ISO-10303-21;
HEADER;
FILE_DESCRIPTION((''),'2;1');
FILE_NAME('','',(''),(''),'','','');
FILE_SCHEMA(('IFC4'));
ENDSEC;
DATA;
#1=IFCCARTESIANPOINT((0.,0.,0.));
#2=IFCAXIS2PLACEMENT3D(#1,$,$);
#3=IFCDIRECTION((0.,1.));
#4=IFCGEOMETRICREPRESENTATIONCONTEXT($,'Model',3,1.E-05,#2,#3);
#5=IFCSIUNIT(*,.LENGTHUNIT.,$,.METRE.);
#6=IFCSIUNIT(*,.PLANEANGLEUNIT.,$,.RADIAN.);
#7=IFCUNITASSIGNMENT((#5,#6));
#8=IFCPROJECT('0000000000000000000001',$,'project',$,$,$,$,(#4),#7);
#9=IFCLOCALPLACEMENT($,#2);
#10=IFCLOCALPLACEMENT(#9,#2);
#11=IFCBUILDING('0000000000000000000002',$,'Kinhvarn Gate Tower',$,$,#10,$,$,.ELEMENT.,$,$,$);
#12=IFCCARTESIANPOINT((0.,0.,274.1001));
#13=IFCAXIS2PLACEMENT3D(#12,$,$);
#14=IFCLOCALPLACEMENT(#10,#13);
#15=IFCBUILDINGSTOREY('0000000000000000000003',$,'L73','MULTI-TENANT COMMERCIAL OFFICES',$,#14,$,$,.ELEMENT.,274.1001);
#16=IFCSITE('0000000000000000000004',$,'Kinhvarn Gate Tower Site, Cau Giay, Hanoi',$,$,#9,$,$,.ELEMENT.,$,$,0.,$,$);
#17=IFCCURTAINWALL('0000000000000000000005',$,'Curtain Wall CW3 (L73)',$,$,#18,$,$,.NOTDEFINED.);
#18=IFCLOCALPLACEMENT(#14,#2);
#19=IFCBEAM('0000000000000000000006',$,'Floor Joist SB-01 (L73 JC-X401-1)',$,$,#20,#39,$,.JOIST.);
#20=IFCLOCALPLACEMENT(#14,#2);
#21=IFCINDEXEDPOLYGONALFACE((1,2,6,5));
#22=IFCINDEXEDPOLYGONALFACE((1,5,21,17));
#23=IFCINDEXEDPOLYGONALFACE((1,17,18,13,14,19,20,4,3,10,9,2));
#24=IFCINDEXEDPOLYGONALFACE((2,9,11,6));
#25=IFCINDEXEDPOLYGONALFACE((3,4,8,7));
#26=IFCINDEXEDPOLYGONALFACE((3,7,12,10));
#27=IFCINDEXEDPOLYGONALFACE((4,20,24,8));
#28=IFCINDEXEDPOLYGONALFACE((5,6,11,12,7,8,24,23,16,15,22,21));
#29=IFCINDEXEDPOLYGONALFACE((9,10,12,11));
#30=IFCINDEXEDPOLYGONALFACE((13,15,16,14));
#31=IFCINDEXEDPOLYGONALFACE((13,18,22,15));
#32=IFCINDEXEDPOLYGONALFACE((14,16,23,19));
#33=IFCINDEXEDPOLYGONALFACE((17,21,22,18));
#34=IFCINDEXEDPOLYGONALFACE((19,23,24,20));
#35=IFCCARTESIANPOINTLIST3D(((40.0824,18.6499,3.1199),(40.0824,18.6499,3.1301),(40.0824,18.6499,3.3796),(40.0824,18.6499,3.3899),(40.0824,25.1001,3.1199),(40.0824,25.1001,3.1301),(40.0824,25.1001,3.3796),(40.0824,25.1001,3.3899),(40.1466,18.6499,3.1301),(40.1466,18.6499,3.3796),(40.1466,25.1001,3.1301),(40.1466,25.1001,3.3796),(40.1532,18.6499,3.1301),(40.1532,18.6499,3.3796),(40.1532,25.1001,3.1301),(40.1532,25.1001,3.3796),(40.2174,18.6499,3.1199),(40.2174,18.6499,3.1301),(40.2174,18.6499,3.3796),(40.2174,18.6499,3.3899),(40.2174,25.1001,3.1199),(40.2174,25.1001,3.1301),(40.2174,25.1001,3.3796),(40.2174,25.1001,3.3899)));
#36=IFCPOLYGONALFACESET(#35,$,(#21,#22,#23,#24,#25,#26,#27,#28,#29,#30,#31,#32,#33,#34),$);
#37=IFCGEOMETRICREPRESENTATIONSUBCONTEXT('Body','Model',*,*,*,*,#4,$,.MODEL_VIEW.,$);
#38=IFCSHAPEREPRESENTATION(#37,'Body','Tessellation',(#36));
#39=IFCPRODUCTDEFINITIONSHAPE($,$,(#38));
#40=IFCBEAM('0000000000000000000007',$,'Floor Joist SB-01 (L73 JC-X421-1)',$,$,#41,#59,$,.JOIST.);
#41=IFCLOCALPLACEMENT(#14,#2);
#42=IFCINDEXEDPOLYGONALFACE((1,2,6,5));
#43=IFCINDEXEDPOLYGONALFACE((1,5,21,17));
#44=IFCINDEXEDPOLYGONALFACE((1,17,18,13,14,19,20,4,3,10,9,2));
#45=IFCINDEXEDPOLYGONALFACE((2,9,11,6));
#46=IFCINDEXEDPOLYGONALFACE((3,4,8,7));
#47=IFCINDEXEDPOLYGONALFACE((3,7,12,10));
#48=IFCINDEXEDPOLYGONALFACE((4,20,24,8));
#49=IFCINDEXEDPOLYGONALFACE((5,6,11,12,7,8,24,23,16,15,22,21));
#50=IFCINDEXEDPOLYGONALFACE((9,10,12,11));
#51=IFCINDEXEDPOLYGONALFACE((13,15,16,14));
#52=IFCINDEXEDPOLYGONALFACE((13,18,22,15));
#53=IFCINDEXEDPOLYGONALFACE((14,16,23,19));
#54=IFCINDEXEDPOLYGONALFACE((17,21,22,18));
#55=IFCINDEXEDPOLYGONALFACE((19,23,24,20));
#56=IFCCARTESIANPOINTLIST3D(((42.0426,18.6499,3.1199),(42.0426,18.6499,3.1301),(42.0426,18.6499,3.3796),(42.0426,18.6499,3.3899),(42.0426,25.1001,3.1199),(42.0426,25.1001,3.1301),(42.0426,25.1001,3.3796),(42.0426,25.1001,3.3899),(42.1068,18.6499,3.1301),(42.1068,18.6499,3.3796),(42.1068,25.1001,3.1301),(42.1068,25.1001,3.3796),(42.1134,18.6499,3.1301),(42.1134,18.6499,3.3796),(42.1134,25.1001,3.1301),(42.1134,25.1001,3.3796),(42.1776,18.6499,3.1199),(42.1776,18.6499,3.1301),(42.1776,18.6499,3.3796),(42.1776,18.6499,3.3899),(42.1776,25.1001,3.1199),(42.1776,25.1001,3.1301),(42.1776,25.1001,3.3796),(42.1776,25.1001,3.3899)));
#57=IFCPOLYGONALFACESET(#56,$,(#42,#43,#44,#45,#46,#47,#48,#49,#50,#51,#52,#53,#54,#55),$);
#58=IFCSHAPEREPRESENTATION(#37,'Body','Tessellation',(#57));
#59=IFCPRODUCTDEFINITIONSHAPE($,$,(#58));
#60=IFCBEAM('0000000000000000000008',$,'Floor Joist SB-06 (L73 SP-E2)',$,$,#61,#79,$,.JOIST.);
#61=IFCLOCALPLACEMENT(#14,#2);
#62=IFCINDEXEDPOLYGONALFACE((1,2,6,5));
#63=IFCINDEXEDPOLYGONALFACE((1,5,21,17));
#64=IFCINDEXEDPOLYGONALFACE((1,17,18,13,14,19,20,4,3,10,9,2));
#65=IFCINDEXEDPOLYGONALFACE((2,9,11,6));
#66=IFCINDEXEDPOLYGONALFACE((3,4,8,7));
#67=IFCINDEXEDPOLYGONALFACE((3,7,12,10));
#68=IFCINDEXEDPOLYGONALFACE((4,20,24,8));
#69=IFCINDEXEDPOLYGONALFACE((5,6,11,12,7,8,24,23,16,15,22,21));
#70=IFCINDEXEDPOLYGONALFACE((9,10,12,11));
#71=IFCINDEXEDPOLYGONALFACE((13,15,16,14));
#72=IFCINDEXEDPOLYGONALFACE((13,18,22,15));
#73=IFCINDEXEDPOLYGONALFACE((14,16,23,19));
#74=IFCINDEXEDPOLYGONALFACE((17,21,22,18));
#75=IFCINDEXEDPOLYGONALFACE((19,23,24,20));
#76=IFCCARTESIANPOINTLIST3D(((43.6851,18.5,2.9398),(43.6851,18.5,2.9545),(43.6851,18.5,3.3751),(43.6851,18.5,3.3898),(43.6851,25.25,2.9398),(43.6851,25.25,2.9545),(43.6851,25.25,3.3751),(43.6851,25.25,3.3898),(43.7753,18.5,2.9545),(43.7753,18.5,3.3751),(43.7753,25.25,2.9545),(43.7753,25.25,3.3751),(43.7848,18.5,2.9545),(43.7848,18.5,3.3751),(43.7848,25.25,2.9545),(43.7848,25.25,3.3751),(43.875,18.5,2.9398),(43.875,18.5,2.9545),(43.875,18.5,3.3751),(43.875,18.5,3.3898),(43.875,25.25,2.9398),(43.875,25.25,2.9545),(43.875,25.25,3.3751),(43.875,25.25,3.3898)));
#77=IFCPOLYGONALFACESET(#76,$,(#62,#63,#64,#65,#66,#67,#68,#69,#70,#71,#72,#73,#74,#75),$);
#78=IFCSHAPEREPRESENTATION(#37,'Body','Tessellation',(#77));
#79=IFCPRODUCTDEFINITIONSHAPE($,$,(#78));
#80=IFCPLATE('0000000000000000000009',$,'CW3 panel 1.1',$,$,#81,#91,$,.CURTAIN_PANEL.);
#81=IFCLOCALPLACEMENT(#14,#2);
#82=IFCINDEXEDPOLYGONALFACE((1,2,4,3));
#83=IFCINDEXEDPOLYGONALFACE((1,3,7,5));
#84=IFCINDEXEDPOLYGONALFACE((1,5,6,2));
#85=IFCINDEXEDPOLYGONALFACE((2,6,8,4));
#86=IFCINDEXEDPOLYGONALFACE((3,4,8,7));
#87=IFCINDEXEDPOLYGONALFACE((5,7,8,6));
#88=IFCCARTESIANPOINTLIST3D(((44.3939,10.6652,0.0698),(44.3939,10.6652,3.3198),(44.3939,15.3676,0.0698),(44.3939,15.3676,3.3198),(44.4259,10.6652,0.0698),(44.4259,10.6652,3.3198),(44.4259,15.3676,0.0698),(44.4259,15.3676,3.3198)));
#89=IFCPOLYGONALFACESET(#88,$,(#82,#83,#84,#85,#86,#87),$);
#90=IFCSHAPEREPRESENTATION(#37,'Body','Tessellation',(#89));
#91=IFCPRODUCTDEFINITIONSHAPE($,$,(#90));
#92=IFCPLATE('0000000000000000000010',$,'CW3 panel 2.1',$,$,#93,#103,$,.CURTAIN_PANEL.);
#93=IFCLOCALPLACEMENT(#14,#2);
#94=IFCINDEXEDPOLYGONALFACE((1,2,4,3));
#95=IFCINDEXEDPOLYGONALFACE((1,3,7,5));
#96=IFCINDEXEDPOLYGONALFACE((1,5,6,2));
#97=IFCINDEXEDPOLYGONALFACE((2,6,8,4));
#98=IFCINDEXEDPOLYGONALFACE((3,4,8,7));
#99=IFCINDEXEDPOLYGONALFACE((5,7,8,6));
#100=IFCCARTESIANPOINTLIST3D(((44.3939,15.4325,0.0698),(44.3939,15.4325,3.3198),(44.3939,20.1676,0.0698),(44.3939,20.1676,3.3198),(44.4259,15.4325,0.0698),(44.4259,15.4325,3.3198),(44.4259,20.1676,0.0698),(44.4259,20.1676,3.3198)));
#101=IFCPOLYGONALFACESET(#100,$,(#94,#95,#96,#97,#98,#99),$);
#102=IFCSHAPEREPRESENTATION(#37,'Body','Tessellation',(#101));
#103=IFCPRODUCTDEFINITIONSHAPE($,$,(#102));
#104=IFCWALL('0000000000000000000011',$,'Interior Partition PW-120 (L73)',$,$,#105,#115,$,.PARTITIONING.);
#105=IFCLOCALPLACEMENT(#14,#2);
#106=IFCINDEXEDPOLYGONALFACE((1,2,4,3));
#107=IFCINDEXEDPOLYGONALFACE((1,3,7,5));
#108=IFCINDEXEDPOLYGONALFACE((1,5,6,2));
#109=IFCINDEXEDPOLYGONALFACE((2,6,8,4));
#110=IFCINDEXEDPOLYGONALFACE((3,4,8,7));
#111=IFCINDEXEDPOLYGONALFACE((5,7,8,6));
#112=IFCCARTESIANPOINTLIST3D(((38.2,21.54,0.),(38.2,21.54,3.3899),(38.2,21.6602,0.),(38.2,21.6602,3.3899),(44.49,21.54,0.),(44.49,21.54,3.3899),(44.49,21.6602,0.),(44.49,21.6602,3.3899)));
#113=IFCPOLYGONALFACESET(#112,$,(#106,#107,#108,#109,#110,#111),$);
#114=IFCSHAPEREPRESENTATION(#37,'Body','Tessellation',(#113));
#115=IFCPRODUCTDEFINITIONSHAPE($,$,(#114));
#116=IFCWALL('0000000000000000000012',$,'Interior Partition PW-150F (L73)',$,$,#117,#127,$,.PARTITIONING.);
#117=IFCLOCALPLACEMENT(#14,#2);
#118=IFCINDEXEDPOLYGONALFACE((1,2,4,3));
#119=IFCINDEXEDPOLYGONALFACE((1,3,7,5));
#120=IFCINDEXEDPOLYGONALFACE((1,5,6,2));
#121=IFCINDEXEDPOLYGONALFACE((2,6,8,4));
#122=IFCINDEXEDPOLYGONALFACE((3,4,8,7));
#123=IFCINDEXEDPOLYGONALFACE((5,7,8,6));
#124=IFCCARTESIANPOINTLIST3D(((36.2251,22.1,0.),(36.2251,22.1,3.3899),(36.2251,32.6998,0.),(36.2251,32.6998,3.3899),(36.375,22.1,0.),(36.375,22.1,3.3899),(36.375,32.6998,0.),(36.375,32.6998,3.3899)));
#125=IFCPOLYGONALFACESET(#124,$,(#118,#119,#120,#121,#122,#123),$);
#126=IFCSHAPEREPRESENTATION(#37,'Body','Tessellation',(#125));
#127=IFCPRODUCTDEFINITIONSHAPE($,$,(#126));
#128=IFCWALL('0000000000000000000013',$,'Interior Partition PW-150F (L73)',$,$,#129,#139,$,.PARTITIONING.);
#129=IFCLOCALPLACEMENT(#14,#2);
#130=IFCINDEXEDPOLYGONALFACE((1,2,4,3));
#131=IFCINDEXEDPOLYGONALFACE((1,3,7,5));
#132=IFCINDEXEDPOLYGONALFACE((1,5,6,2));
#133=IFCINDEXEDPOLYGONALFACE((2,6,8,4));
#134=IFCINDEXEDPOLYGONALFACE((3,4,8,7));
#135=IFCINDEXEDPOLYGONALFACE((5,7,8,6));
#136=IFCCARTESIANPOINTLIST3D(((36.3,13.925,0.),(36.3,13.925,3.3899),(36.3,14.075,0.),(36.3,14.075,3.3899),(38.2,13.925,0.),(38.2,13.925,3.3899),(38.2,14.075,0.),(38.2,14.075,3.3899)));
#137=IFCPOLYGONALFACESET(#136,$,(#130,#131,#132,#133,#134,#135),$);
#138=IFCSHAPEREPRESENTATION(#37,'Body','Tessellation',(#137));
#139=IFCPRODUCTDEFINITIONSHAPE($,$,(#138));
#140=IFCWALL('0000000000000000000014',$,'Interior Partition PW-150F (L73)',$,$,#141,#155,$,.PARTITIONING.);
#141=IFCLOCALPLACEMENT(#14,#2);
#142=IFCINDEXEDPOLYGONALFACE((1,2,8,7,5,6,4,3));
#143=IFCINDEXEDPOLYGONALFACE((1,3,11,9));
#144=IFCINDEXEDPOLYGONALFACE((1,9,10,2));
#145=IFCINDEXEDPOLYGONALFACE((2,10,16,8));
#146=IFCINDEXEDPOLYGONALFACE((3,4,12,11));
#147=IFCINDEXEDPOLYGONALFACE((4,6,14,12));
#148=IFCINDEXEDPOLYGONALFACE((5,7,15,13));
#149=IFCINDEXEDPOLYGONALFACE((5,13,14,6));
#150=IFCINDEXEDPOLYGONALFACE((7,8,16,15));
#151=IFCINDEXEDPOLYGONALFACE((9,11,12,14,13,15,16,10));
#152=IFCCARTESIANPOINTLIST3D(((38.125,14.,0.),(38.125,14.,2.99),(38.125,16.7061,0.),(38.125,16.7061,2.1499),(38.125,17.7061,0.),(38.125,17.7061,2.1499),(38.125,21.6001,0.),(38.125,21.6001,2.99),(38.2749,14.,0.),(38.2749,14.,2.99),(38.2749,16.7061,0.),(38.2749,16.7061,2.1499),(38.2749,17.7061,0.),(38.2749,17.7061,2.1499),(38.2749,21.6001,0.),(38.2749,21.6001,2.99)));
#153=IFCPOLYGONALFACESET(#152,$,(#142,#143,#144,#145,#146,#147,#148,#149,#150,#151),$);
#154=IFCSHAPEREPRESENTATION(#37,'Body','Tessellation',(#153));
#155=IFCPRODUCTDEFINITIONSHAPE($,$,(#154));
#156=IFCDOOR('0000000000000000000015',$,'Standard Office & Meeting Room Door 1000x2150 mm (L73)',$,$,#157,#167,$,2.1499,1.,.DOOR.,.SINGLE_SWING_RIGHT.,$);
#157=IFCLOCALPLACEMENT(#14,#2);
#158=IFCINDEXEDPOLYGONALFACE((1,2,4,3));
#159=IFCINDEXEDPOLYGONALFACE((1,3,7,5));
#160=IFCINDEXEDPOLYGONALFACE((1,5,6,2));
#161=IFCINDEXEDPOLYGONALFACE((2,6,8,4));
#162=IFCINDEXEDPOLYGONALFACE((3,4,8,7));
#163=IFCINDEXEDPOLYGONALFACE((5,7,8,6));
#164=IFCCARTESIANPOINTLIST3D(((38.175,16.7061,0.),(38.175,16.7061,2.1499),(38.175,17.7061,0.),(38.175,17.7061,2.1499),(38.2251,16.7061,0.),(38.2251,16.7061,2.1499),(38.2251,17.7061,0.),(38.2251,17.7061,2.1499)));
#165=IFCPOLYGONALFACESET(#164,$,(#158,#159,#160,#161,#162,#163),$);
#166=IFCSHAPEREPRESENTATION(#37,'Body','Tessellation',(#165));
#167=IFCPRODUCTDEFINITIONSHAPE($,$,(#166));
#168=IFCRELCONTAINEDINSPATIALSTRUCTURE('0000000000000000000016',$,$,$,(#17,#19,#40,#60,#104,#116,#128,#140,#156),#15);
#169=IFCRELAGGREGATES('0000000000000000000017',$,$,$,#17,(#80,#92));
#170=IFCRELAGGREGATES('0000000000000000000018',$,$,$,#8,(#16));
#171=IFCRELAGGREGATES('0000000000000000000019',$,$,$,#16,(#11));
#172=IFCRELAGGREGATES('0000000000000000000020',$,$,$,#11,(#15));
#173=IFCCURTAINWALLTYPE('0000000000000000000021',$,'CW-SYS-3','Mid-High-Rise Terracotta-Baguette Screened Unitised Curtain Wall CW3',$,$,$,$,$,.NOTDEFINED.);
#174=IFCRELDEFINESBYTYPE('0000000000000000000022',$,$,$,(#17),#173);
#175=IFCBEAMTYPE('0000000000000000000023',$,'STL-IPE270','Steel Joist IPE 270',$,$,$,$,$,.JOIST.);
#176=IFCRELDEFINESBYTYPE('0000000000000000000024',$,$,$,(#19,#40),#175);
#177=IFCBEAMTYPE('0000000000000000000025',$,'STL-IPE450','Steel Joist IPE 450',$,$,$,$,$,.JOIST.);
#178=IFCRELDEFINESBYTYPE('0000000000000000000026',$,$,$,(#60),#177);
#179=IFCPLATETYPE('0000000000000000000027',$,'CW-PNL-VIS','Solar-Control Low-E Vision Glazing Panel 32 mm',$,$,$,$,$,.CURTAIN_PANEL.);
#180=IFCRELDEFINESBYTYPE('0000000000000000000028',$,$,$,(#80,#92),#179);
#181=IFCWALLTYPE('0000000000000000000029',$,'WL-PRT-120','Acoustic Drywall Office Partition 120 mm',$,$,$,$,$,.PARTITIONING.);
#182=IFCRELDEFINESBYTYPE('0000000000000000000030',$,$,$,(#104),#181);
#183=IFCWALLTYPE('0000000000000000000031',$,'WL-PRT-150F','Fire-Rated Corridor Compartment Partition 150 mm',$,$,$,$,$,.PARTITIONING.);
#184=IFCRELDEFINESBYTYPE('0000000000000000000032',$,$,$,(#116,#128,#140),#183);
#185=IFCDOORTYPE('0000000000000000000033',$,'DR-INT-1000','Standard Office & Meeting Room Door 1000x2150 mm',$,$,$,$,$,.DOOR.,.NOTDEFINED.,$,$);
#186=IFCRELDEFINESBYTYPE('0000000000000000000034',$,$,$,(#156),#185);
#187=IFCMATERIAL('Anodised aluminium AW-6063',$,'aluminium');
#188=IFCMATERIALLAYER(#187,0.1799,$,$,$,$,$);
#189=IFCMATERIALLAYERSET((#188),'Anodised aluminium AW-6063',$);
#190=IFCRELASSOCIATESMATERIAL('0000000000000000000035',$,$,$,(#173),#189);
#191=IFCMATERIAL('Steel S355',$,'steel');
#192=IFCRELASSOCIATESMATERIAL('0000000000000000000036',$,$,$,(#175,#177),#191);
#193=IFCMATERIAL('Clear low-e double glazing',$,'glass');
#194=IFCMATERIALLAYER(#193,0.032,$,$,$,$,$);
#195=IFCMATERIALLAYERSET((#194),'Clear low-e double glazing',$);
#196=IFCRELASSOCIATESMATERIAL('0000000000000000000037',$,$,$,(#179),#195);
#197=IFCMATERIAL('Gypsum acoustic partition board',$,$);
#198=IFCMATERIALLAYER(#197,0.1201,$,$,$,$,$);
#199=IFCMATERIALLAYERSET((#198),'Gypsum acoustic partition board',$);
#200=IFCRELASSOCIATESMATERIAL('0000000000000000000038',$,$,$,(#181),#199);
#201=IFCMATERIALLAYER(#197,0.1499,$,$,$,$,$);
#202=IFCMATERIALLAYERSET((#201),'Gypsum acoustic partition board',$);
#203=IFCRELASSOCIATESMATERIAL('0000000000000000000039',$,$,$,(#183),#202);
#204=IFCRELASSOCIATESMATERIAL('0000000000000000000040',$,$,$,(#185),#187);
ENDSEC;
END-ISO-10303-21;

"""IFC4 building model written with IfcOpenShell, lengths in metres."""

from ifc_helpers import new_model, si_unit, direction, frame, frame_2d, origin, origin_2d, place, context, subcontext, project, spatial, rectangle, i_section, extrude, material, layer, layer_set, material_profile, profile_set, type_object, element, fill, aggregate, save


model = new_model("IFC4")

# Units and contexts
model_context = context("Model", 3, precision=1e-05, world=origin(), true_north=direction((0.0, 1.0)))
body_context = subcontext(model_context, "Body", "Model", "MODEL_VIEW")
ifc_project = project(units=[si_unit("LENGTHUNIT", "METRE"), si_unit("PLANEANGLEUNIT", "RADIAN")], contexts=[model_context])

# Site, building, storey
site_placement = place(None, origin())
site = spatial("IfcSite", under=ifc_project, at=site_placement, Name="Kinhvarn Gate Tower Site, Cau Giay, Hanoi", CompositionType="ELEMENT", RefElevation=0.0)
building_placement = place(site_placement, origin())
building = spatial("IfcBuilding", under=site, at=building_placement, Name="Kinhvarn Gate Tower", CompositionType="ELEMENT")
storey_placement = place(building_placement, frame((0.0, 0.0, 274.1001)))
storey = spatial("IfcBuildingStorey", under=building, at=storey_placement, Name="L73", Description="MULTI-TENANT COMMERCIAL OFFICES", CompositionType="ELEMENT", Elevation=274.1001)

# Curtain wall
ifc_material_1 = material(Name="Anodised aluminium AW-6063", Category="aluminium")
ifc_layer_1 = layer(ifc_material_1, 0.1799)
ifc_layer_set_1 = layer_set([ifc_layer_1], Name="Anodised aluminium AW-6063")
curtain_wall_type = type_object("IfcCurtainWallType", Name="CW-SYS-3", Description="Mid-High-Rise Terracotta-Baguette Screened Unitised Curtain Wall CW3", PredefinedType="NOTDEFINED", material=ifc_layer_set_1)
curtain_wall_placement = place(storey_placement, origin())
curtain_wall = element("IfcCurtainWall", 1, at=curtain_wall_placement, inside=storey, type_object=curtain_wall_type, Name="Curtain Wall CW3 (L73)", PredefinedType="NOTDEFINED")

# Beams
ifc_material_2 = material(Name="Steel S355", Category="steel")
ifc_material_profile_1 = material_profile(ifc_material_2, i_section(OverallWidth=0.135, OverallDepth=0.27, WebThickness=0.0066, FlangeThickness=0.0103, at=origin_2d()), Name="IPE 270")
ifc_profile_set_1 = profile_set([ifc_material_profile_1], Name="Steel S355")
beam_type_1 = type_object("IfcBeamType", Name="STL-IPE270", Description="Steel Joist IPE 270", PredefinedType="JOIST", material=ifc_profile_set_1)
for number, where, z_axis, x_axis, name in (
    (2, (40.1499, 18.6499, 3.2549), (0.0, 1.0, 0.0), (-1.0, 0.0, 0.0), "Floor Joist SB-01 (L73 JC-X401-1)"),
    (3, (42.1101, 18.6499, 3.2549), (0.0, 1.0, 0.0), (-1.0, 0.0, 0.0), "Floor Joist SB-01 (L73 JC-X421-1)"),
):
    element("IfcBeam", number, at=place(storey_placement, frame(where, z_axis=z_axis, x_axis=x_axis)), inside=storey, type_object=beam_type_1, Name=name, PredefinedType="JOIST", context=body_context, shape_type="SweptSolid", body=[
        extrude(i_section(OverallWidth=0.135, OverallDepth=0.27, WebThickness=0.0066, FlangeThickness=0.0103, at=origin_2d()), origin(), (0.0, 0.0, 1.0), 6.4502),
    ])
ifc_material_profile_2 = material_profile(ifc_material_2, i_section(OverallWidth=0.1899, OverallDepth=0.45, WebThickness=0.0095, FlangeThickness=0.0146, at=origin_2d()), Name="IPE 450")
ifc_profile_set_2 = profile_set([ifc_material_profile_2], Name="Steel S355")
beam_type_2 = type_object("IfcBeamType", Name="STL-IPE450", Description="Steel Joist IPE 450", PredefinedType="JOIST", material=ifc_profile_set_2)
beam_1_placement = place(storey_placement, frame((43.78, 18.5, 3.1648), z_axis=(0.0, 1.0, 0.0), x_axis=(-1.0, 0.0, 0.0)))
element("IfcBeam", 4, at=beam_1_placement, inside=storey, type_object=beam_type_2, Name="Floor Joist SB-06 (L73 SP-E2)", PredefinedType="JOIST", context=body_context, shape_type="SweptSolid", body=[
    extrude(i_section(OverallWidth=0.1899, OverallDepth=0.45, WebThickness=0.0095, FlangeThickness=0.0146, at=origin_2d()), origin(), (0.0, 0.0, 1.0), 6.75),
])

# Plates
ifc_material_3 = material(Name="Clear low-e double glazing", Category="glass")
ifc_layer_2 = layer(ifc_material_3, 0.032)
ifc_layer_set_2 = layer_set([ifc_layer_2], Name="Clear low-e double glazing")
plate_type = type_object("IfcPlateType", Name="CW-PNL-VIS", Description="Solar-Control Low-E Vision Glazing Panel 32 mm", PredefinedType="CURTAIN_PANEL", material=ifc_layer_set_2)
plate_1_placement = place(storey_placement, frame((44.4099, 13.0164, 0.0698), z_axis=(0.0, 0.0, 1.0), x_axis=(0.0, 1.0, 0.0)))
plate_1 = element("IfcPlate", 5, at=plate_1_placement, type_object=plate_type, Name="CW3 panel 1.1", PredefinedType="CURTAIN_PANEL", context=body_context, shape_type="SweptSolid", body=[
    extrude(rectangle(XDim=4.7024, YDim=0.032, at=origin_2d()), origin(), (0.0, 0.0, 1.0), 3.25),
])
plate_2_placement = place(storey_placement, frame((44.4099, 17.8, 0.0698), z_axis=(0.0, 0.0, 1.0), x_axis=(0.0, 1.0, 0.0)))
plate_2 = element("IfcPlate", 6, at=plate_2_placement, type_object=plate_type, Name="CW3 panel 2.1", PredefinedType="CURTAIN_PANEL", context=body_context, shape_type="SweptSolid", body=[
    extrude(rectangle(XDim=4.7351, YDim=0.032, at=origin_2d()), origin(), (0.0, 0.0, 1.0), 3.25),
])
aggregate(curtain_wall, [plate_1, plate_2])

# Wall
ifc_material_4 = material(Name="Gypsum acoustic partition board")
ifc_layer_3 = layer(ifc_material_4, 0.1201)
ifc_layer_set_3 = layer_set([ifc_layer_3], Name="Gypsum acoustic partition board")
wall_type_1 = type_object("IfcWallType", Name="WL-PRT-120", Description="Acoustic Drywall Office Partition 120 mm", PredefinedType="PARTITIONING", material=ifc_layer_set_3)
wall_1_placement = place(storey_placement, frame((38.2, 21.6001, 0.0), z_axis=(0.0, 0.0, 1.0), x_axis=(1.0, 0.0, 0.0)))
element("IfcWall", 7, at=wall_1_placement, inside=storey, type_object=wall_type_1, Name="Interior Partition PW-120 (L73)", PredefinedType="PARTITIONING", context=body_context, shape_type="SweptSolid", body=[
    extrude(rectangle(XDim=6.29, YDim=0.1201, at=frame_2d((3.145, 0.0))), origin(), (0.0, 0.0, 1.0), 3.3899),
])

# Shared definitions
ifc_layer_4 = layer(ifc_material_4, 0.1499)
ifc_layer_set_4 = layer_set([ifc_layer_4], Name="Gypsum acoustic partition board")
wall_type_2 = type_object("IfcWallType", Name="WL-PRT-150F", Description="Fire-Rated Corridor Compartment Partition 150 mm", PredefinedType="PARTITIONING", material=ifc_layer_set_4)
door_type = type_object("IfcDoorType", Name="DR-INT-1000", Description="Standard Office & Meeting Room Door 1000x2150 mm", OperationType="NOTDEFINED", PredefinedType="DOOR", material=ifc_material_1)

# Walls
wall_2_placement = place(storey_placement, frame((36.3, 22.1001, 0.0), z_axis=(0.0, 0.0, 1.0), x_axis=(0.0, 1.0, 0.0)))
element("IfcWall", 8, at=wall_2_placement, inside=storey, type_object=wall_type_2, Name="Interior Partition PW-150F (L73)", PredefinedType="PARTITIONING", context=body_context, shape_type="SweptSolid", body=[
    extrude(rectangle(XDim=10.5999, YDim=0.1499, at=frame_2d((5.2998, 0.0))), origin(), (0.0, 0.0, 1.0), 3.3899),
])
wall_3_placement = place(storey_placement, frame((36.3, 14.0, 0.0), z_axis=(0.0, 0.0, 1.0), x_axis=(1.0, 0.0, 0.0)))
element("IfcWall", 9, at=wall_3_placement, inside=storey, type_object=wall_type_2, Name="Interior Partition PW-150F (L73)", PredefinedType="PARTITIONING", context=body_context, shape_type="SweptSolid", body=[
    extrude(rectangle(XDim=1.8999, YDim=0.1499, at=frame_2d((0.95, 0.0))), origin(), (0.0, 0.0, 1.0), 3.3899),
])

# Wall, opening, door
wall_4_placement = place(storey_placement, frame((38.2, 14.0, 0.0), z_axis=(0.0, 0.0, 1.0), x_axis=(0.0, 1.0, 0.0)))
wall_4 = element("IfcWall", 10, at=wall_4_placement, inside=storey, type_object=wall_type_2, Name="Interior Partition PW-150F (L73)", PredefinedType="PARTITIONING", context=body_context, shape_type="SweptSolid", body=[
    extrude(rectangle(XDim=7.6001, YDim=0.1499, at=frame_2d((3.8, 0.0))), origin(), (0.0, 0.0, 1.0), 2.99),
])
opening_1_placement = place(wall_4_placement, frame((2.7061, 0.0, 0.0)))
opening_1 = element("IfcOpeningElement", 11, at=opening_1_placement, cuts=wall_4, PredefinedType="OPENING", context=body_context, shape_type="SweptSolid", body=[
    extrude(rectangle(XDim=1.0, YDim=2.1499, at=frame_2d((0.5, 1.075))), frame((0.0, 0.085, 0.0), z_axis=(0.0, -1.0, 0.0), x_axis=(1.0, 0.0, 0.0)), (0.0, 0.0, 1.0), 0.1699),
])
door_1_placement = place(opening_1_placement, origin())
door_1 = element("IfcDoor", 12, at=door_1_placement, inside=storey, type_object=door_type, Name="Standard Office & Meeting Room Door 1000x2150 mm (L73)", OperationType="SINGLE_SWING_RIGHT", OverallHeight=2.1499, OverallWidth=1.0, PredefinedType="DOOR", context=body_context, shape_type="SweptSolid", body=[
    extrude(rectangle(XDim=1.0, YDim=2.1499, at=frame_2d((0.5, 1.075))), frame((0.0, 0.0249, 0.0), z_axis=(0.0, -1.0, 0.0), x_axis=(1.0, 0.0, 0.0)), (0.0, 0.0, 1.0), 0.05),
])
fill(opening_1, door_1)

save(model, "model.ifc")
